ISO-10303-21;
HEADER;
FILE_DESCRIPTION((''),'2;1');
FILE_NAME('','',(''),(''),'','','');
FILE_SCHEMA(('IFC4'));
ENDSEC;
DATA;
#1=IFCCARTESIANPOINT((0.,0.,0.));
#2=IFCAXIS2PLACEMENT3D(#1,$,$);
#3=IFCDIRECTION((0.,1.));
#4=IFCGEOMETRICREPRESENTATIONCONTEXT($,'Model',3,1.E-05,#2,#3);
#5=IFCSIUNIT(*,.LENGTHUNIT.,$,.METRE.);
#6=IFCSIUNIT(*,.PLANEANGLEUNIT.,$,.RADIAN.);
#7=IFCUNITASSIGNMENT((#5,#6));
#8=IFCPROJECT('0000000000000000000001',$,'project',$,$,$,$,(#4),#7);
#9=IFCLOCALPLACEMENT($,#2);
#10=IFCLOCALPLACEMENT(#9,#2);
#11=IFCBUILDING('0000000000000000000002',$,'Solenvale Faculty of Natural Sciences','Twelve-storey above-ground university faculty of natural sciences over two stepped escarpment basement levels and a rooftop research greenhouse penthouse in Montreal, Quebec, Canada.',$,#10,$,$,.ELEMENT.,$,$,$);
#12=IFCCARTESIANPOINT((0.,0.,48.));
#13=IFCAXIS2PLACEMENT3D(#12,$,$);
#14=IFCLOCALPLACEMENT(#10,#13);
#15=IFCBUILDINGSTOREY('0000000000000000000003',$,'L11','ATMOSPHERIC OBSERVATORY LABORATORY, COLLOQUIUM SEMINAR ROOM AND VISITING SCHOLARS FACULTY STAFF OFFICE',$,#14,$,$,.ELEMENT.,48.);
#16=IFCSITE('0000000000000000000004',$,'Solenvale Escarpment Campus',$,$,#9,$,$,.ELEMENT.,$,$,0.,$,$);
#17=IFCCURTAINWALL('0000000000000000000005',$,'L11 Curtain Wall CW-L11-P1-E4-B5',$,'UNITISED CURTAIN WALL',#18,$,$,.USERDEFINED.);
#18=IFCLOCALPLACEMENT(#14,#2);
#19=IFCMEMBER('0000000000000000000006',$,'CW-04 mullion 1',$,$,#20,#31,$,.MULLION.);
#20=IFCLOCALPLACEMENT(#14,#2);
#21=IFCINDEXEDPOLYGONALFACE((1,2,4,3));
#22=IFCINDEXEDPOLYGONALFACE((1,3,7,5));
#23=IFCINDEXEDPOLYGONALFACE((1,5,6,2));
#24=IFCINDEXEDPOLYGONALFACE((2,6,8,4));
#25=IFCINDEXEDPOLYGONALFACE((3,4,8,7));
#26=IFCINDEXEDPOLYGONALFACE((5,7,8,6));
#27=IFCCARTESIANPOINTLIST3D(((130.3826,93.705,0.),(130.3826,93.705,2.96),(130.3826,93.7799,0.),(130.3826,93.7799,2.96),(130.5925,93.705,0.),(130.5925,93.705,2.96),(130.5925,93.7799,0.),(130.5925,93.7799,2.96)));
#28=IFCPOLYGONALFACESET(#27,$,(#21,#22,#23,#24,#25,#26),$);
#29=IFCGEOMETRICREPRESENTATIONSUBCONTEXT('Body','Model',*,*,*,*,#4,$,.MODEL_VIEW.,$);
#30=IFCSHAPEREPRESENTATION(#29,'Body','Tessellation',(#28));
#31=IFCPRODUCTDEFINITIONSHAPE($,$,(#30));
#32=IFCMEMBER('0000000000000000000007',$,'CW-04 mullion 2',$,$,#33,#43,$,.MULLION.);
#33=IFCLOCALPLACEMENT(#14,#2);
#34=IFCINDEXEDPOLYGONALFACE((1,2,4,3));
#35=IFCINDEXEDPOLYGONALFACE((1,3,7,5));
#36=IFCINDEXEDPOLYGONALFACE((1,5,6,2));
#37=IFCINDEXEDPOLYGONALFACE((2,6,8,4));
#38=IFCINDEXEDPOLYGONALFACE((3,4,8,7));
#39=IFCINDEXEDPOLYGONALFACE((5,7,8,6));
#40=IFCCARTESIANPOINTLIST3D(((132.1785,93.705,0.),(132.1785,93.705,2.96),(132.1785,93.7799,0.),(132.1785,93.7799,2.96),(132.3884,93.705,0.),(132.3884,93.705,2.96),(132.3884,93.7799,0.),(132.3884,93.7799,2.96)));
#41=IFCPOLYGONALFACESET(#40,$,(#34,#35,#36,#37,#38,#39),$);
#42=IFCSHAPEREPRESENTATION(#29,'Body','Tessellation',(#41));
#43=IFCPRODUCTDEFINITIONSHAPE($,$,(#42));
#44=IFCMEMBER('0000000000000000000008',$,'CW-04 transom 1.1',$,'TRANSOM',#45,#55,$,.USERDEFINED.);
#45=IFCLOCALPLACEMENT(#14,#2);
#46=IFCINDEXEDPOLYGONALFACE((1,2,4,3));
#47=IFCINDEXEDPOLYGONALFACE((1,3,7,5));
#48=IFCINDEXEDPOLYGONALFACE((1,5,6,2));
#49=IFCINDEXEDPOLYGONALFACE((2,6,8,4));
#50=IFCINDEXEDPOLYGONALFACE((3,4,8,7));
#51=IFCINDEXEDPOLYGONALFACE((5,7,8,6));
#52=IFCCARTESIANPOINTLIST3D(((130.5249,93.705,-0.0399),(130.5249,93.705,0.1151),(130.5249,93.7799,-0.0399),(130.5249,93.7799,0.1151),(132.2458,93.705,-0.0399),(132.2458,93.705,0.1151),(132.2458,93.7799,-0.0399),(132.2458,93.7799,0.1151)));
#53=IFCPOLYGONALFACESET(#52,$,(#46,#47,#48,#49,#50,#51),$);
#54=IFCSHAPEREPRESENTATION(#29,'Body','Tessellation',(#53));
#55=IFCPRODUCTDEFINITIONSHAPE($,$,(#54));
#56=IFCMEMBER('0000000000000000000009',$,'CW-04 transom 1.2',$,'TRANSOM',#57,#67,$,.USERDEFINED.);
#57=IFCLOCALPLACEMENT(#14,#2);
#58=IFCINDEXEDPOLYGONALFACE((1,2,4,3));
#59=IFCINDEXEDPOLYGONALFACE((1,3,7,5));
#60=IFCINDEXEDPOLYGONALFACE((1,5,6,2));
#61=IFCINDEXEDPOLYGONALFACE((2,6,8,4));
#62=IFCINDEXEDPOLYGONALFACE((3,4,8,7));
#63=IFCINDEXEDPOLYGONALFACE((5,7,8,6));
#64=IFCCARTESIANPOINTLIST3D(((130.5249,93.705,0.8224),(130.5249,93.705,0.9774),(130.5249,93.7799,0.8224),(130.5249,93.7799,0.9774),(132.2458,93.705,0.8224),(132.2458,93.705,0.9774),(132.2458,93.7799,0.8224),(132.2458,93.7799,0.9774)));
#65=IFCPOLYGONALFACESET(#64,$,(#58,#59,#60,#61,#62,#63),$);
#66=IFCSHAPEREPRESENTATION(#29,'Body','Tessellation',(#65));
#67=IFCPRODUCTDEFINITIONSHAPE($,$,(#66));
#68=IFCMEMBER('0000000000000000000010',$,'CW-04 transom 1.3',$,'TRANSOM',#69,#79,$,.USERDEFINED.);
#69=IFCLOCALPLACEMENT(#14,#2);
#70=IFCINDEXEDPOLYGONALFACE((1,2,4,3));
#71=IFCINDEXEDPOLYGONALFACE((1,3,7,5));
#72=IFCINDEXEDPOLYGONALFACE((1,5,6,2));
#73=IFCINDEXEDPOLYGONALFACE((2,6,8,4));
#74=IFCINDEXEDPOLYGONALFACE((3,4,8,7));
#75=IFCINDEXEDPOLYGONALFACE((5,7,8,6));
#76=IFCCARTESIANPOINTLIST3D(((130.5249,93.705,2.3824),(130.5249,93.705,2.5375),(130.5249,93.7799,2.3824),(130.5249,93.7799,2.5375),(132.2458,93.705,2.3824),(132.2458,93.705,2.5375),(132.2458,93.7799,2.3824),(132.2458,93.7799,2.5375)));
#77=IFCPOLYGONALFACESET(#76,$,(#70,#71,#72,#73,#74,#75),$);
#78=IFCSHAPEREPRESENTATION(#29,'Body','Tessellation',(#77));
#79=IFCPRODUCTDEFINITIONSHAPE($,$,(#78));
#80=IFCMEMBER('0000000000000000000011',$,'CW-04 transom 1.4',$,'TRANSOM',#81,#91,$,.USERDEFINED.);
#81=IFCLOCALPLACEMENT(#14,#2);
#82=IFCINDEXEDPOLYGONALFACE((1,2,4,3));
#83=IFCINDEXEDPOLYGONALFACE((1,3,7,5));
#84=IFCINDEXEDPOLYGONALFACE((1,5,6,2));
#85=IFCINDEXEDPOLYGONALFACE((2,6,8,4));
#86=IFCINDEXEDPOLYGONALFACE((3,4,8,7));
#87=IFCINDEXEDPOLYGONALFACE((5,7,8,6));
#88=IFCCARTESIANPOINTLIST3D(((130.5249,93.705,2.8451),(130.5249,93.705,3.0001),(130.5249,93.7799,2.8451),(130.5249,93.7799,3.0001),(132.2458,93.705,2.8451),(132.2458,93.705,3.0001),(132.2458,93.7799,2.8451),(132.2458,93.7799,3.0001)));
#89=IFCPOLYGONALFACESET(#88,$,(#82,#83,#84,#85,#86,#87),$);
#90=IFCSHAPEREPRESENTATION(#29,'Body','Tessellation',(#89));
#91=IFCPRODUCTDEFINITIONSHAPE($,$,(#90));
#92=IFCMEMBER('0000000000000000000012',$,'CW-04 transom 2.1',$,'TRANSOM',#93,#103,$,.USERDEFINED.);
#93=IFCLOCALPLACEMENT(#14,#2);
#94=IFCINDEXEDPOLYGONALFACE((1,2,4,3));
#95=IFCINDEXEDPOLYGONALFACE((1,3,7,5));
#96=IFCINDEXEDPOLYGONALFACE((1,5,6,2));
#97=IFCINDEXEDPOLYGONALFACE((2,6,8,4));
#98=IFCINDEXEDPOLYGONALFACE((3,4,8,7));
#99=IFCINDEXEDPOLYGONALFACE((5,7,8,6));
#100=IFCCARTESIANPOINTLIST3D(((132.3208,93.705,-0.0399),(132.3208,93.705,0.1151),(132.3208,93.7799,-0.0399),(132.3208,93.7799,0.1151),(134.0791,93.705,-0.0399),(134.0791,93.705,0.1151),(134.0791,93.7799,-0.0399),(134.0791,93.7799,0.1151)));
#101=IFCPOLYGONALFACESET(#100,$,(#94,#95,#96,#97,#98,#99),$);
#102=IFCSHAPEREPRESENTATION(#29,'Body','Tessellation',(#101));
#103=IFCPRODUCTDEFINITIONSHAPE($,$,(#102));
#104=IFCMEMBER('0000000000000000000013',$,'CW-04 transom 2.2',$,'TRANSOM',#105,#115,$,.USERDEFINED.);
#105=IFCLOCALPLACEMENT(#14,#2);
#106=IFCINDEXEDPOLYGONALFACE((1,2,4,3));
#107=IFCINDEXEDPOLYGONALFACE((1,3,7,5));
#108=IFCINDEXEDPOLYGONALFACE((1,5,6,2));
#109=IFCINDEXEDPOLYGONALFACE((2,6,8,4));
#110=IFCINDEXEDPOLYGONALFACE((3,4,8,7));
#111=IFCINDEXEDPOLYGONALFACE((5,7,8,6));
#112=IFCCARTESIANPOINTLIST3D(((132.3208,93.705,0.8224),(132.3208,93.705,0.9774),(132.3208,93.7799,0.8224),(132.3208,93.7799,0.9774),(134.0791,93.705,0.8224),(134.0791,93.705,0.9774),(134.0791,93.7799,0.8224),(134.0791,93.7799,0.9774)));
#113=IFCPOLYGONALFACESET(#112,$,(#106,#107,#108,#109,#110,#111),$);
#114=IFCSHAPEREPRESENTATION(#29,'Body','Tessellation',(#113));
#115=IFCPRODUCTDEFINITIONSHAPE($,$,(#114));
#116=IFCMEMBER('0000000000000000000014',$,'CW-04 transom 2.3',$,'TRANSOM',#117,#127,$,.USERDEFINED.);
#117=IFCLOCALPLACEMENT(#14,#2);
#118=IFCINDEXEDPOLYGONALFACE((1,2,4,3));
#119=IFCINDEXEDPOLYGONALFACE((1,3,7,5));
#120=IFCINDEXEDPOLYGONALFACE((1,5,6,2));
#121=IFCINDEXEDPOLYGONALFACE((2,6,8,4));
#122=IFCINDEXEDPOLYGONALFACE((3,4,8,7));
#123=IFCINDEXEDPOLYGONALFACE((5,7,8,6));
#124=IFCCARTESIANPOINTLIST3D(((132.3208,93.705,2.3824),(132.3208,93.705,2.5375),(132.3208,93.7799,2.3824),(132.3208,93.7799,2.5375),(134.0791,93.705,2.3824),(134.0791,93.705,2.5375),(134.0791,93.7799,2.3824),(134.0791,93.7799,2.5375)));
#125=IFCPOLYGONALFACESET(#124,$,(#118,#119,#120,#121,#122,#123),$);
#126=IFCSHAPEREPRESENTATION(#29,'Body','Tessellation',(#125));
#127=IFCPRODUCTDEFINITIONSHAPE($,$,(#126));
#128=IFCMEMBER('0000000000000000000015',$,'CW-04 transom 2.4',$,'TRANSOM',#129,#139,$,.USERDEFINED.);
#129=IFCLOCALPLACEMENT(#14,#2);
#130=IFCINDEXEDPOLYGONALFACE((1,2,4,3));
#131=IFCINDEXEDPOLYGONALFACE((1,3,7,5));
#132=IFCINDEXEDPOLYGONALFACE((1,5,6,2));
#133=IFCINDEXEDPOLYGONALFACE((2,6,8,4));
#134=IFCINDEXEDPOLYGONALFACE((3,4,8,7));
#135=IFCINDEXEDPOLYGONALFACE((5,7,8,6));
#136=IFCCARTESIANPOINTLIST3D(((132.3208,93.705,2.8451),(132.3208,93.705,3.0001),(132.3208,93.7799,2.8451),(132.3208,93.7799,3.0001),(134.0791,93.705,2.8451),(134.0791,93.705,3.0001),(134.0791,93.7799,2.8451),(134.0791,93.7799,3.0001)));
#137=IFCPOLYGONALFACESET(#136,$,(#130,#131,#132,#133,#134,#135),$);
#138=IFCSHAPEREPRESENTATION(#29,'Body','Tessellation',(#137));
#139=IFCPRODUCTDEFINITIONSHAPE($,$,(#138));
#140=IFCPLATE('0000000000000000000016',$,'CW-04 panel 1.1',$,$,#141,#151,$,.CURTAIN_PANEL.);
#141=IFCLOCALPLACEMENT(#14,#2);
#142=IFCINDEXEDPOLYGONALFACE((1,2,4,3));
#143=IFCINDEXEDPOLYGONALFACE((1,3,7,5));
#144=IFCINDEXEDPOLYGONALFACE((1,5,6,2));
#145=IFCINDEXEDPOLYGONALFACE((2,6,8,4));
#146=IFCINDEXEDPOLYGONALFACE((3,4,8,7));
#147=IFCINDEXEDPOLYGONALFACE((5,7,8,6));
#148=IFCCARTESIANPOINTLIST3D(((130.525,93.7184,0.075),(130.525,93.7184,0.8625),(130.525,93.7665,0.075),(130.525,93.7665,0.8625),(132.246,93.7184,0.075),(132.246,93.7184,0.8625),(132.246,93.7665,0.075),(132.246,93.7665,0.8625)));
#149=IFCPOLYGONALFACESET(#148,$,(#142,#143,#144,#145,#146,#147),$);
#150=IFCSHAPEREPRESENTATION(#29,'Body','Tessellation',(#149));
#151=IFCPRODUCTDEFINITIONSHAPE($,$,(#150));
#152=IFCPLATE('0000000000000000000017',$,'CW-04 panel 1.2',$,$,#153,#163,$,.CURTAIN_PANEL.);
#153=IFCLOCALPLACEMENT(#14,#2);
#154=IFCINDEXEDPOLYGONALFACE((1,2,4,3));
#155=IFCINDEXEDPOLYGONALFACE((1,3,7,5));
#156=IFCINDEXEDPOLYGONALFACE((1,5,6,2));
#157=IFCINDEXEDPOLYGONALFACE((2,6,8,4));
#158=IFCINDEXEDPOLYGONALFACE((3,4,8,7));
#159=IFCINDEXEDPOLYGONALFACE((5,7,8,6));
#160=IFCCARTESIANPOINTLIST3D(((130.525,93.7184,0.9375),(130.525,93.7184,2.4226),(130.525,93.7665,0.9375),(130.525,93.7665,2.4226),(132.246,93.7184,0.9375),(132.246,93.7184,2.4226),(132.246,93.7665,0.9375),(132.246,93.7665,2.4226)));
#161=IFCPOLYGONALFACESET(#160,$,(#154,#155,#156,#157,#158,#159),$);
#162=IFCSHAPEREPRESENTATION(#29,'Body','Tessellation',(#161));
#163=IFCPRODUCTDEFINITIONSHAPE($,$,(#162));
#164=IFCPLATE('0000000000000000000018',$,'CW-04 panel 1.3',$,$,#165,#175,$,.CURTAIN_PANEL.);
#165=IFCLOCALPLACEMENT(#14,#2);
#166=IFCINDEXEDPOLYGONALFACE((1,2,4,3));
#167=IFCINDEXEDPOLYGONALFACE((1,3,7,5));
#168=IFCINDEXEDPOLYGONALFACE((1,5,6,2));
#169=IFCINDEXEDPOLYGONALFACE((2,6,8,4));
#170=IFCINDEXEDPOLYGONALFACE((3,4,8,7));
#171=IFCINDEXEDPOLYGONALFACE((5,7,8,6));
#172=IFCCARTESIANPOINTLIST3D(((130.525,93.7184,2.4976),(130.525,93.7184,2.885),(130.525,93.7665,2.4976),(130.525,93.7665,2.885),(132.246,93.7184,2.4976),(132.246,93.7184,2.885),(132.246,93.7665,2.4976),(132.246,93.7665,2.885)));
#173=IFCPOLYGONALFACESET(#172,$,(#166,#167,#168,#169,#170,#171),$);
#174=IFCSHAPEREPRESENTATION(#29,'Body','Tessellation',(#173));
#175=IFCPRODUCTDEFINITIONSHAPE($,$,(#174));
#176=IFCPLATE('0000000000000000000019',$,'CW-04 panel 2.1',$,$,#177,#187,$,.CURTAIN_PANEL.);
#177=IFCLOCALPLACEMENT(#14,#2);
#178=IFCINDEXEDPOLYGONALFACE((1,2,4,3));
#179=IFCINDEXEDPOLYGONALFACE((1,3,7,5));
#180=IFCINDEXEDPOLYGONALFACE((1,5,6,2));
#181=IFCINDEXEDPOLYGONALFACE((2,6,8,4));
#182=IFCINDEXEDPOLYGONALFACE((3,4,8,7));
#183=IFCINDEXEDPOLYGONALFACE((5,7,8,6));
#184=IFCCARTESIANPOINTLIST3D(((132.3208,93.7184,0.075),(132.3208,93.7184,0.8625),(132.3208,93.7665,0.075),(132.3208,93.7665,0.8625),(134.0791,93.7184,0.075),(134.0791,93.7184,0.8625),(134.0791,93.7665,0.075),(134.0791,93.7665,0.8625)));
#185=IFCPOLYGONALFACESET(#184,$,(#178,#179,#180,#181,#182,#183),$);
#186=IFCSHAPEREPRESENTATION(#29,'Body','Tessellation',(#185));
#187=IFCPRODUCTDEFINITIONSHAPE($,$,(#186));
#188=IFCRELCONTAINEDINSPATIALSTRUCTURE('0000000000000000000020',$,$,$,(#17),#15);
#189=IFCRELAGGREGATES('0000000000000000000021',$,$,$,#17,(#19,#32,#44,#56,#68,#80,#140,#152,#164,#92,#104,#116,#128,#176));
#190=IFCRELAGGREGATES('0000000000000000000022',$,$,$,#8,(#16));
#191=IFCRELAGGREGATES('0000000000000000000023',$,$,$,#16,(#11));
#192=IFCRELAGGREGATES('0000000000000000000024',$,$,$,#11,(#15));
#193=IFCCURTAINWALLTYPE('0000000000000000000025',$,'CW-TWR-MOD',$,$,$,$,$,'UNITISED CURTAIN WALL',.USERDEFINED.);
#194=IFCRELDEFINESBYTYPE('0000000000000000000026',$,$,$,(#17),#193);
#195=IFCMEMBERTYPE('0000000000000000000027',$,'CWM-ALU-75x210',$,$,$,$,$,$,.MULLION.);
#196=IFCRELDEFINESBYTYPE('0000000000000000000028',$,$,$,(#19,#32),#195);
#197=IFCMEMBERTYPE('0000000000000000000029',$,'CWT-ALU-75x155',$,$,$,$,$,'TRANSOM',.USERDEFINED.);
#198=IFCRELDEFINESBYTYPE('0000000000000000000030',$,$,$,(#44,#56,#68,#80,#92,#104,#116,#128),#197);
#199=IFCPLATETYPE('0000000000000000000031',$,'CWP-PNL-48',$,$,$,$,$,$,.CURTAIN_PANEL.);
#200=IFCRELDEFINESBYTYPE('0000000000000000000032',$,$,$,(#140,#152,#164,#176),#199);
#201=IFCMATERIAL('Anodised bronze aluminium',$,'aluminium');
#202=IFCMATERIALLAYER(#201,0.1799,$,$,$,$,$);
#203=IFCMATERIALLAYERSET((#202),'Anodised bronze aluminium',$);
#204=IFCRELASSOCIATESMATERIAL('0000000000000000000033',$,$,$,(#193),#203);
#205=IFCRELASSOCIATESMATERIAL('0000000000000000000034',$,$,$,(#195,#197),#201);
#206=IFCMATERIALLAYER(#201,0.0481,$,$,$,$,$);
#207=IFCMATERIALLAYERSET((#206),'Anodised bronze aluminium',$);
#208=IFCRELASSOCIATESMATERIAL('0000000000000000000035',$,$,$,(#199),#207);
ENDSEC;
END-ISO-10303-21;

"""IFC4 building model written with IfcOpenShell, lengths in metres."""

from ifc_helpers import new_model, si_unit, direction, frame, origin, origin_2d, place, context, subcontext, project, spatial, rectangle, extrude, material, layer, layer_set, material_profile, profile_set, type_object, element, aggregate, save


model = new_model("IFC4")

# Units and contexts
model_context = context("Model", 3, precision=1e-05, world=origin(), true_north=direction((0.0, 1.0)))
body_context = subcontext(model_context, "Body", "Model", "MODEL_VIEW")
ifc_project = project(units=[si_unit("LENGTHUNIT", "METRE"), si_unit("PLANEANGLEUNIT", "RADIAN")], contexts=[model_context])

# Site, building, storey
site_placement = place(None, origin())
site = spatial("IfcSite", under=ifc_project, at=site_placement, Name="Solenvale Escarpment Campus", CompositionType="ELEMENT", RefElevation=0.0)
building_placement = place(site_placement, origin())
building = spatial("IfcBuilding", under=site, at=building_placement, Name="Solenvale Faculty of Natural Sciences", Description="Twelve-storey above-ground university faculty of natural sciences over two stepped escarpment basement levels and a rooftop research greenhouse penthouse in Montreal, Quebec, Canada.", CompositionType="ELEMENT")
storey_placement = place(building_placement, frame((0.0, 0.0, 48.0)))
storey = spatial("IfcBuildingStorey", under=building, at=storey_placement, Name="L11", Description="ATMOSPHERIC OBSERVATORY LABORATORY, COLLOQUIUM SEMINAR ROOM AND VISITING SCHOLARS FACULTY STAFF OFFICE", CompositionType="ELEMENT", Elevation=48.0)

# Curtain wall, members, plates
ifc_material_1 = material(Name="Anodised bronze aluminium", Category="aluminium")
ifc_layer_1 = layer(ifc_material_1, 0.1799)
ifc_layer_set_1 = layer_set([ifc_layer_1], Name="Anodised bronze aluminium")
curtain_wall_type = type_object("IfcCurtainWallType", Name="CW-TWR-MOD", ElementType="UNITISED CURTAIN WALL", PredefinedType="USERDEFINED", material=ifc_layer_set_1)
curtain_wall_placement = place(storey_placement, origin())
curtain_wall = element("IfcCurtainWall", 1, at=curtain_wall_placement, inside=storey, type_object=curtain_wall_type, Name="L11 Curtain Wall CW-L11-P1-E4-B5", ObjectType="UNITISED CURTAIN WALL", PredefinedType="USERDEFINED")
ifc_material_profile_1 = material_profile(ifc_material_1, rectangle(XDim=0.075, YDim=0.21, at=origin_2d()), Name="ALU-MUL-75x210")
ifc_profile_set_1 = profile_set([ifc_material_profile_1], Name="Anodised bronze aluminium")
member_type_1 = type_object("IfcMemberType", Name="CWM-ALU-75x210", PredefinedType="MULLION", material=ifc_profile_set_1)
member_1_placement = place(storey_placement, frame((130.4875, 93.7424, 0.0), z_axis=(0.0, 0.0, 1.0), x_axis=(0.0, 1.0, 0.0)))
member_1 = element("IfcMember", 2, at=member_1_placement, type_object=member_type_1, Name="CW-04 mullion 1", PredefinedType="MULLION", context=body_context, shape_type="SweptSolid", body=[
    extrude(rectangle(XDim=0.075, YDim=0.21, at=origin_2d()), origin(), (0.0, 0.0, 1.0), 2.96),
])
member_2_placement = place(storey_placement, frame((132.2834, 93.7424, 0.0), z_axis=(0.0, 0.0, 1.0), x_axis=(0.0, 1.0, 0.0)))
member_2 = element("IfcMember", 3, at=member_2_placement, type_object=member_type_1, Name="CW-04 mullion 2", PredefinedType="MULLION", context=body_context, shape_type="SweptSolid", body=[
    extrude(rectangle(XDim=0.075, YDim=0.21, at=origin_2d()), origin(), (0.0, 0.0, 1.0), 2.96),
])
ifc_material_profile_2 = material_profile(ifc_material_1, rectangle(XDim=0.075, YDim=0.155, at=origin_2d()), Name="ALU-TRN-75x155")
ifc_profile_set_2 = profile_set([ifc_material_profile_2], Name="Anodised bronze aluminium")
member_type_2 = type_object("IfcMemberType", Name="CWT-ALU-75x155", ElementType="TRANSOM", PredefinedType="USERDEFINED", material=ifc_profile_set_2)
member_3_placement = place(storey_placement, frame((130.5249, 93.7424, 0.0376), z_axis=(1.0, 0.0, 0.0), x_axis=(0.0, 1.0, 0.0)))
member_3 = element("IfcMember", 4, at=member_3_placement, type_object=member_type_2, Name="CW-04 transom 1.1", ObjectType="TRANSOM", PredefinedType="USERDEFINED", context=body_context, shape_type="SweptSolid", body=[
    extrude(rectangle(XDim=0.075, YDim=0.155, at=origin_2d()), origin(), (0.0, 0.0, 1.0), 1.7209),
])
member_4_placement = place(storey_placement, frame((130.5249, 93.7424, 0.8999), z_axis=(1.0, 0.0, 0.0), x_axis=(0.0, 1.0, 0.0)))
member_4 = element("IfcMember", 5, at=member_4_placement, type_object=member_type_2, Name="CW-04 transom 1.2", ObjectType="TRANSOM", PredefinedType="USERDEFINED", context=body_context, shape_type="SweptSolid", body=[
    extrude(rectangle(XDim=0.075, YDim=0.155, at=origin_2d()), origin(), (0.0, 0.0, 1.0), 1.7209),
])
member_5_placement = place(storey_placement, frame((130.5249, 93.7424, 2.46), z_axis=(1.0, 0.0, 0.0), x_axis=(0.0, 1.0, 0.0)))
member_5 = element("IfcMember", 6, at=member_5_placement, type_object=member_type_2, Name="CW-04 transom 1.3", ObjectType="TRANSOM", PredefinedType="USERDEFINED", context=body_context, shape_type="SweptSolid", body=[
    extrude(rectangle(XDim=0.075, YDim=0.155, at=origin_2d()), origin(), (0.0, 0.0, 1.0), 1.7209),
])
member_6_placement = place(storey_placement, frame((130.5249, 93.7424, 2.9226), z_axis=(1.0, 0.0, 0.0), x_axis=(0.0, 1.0, 0.0)))
member_6 = element("IfcMember", 7, at=member_6_placement, type_object=member_type_2, Name="CW-04 transom 1.4", ObjectType="TRANSOM", PredefinedType="USERDEFINED", context=body_context, shape_type="SweptSolid", body=[
    extrude(rectangle(XDim=0.075, YDim=0.155, at=origin_2d()), origin(), (0.0, 0.0, 1.0), 1.7209),
])
member_7_placement = place(storey_placement, frame((132.3208, 93.7424, 0.0376), z_axis=(1.0, 0.0, 0.0), x_axis=(0.0, 1.0, 0.0)))
member_7 = element("IfcMember", 8, at=member_7_placement, type_object=member_type_2, Name="CW-04 transom 2.1", ObjectType="TRANSOM", PredefinedType="USERDEFINED", context=body_context, shape_type="SweptSolid", body=[
    extrude(rectangle(XDim=0.075, YDim=0.155, at=origin_2d()), origin(), (0.0, 0.0, 1.0), 1.7583),
])
member_8_placement = place(storey_placement, frame((132.3208, 93.7424, 0.8999), z_axis=(1.0, 0.0, 0.0), x_axis=(0.0, 1.0, 0.0)))
member_8 = element("IfcMember", 9, at=member_8_placement, type_object=member_type_2, Name="CW-04 transom 2.2", ObjectType="TRANSOM", PredefinedType="USERDEFINED", context=body_context, shape_type="SweptSolid", body=[
    extrude(rectangle(XDim=0.075, YDim=0.155, at=origin_2d()), origin(), (0.0, 0.0, 1.0), 1.7583),
])
member_9_placement = place(storey_placement, frame((132.3208, 93.7424, 2.46), z_axis=(1.0, 0.0, 0.0), x_axis=(0.0, 1.0, 0.0)))
member_9 = element("IfcMember", 10, at=member_9_placement, type_object=member_type_2, Name="CW-04 transom 2.3", ObjectType="TRANSOM", PredefinedType="USERDEFINED", context=body_context, shape_type="SweptSolid", body=[
    extrude(rectangle(XDim=0.075, YDim=0.155, at=origin_2d()), origin(), (0.0, 0.0, 1.0), 1.7583),
])
member_10_placement = place(storey_placement, frame((132.3208, 93.7424, 2.9226), z_axis=(1.0, 0.0, 0.0), x_axis=(0.0, 1.0, 0.0)))
member_10 = element("IfcMember", 11, at=member_10_placement, type_object=member_type_2, Name="CW-04 transom 2.4", ObjectType="TRANSOM", PredefinedType="USERDEFINED", context=body_context, shape_type="SweptSolid", body=[
    extrude(rectangle(XDim=0.075, YDim=0.155, at=origin_2d()), origin(), (0.0, 0.0, 1.0), 1.7583),
])
ifc_layer_2 = layer(ifc_material_1, 0.0481)
ifc_layer_set_2 = layer_set([ifc_layer_2], Name="Anodised bronze aluminium")
plate_type = type_object("IfcPlateType", Name="CWP-PNL-48", PredefinedType="CURTAIN_PANEL", material=ifc_layer_set_2)
plate_1_placement = place(storey_placement, frame((131.3855, 93.7424, 0.075), z_axis=(0.0, 0.0, 1.0), x_axis=(1.0, 0.0, 0.0)))
plate_1 = element("IfcPlate", 12, at=plate_1_placement, type_object=plate_type, Name="CW-04 panel 1.1", PredefinedType="CURTAIN_PANEL", context=body_context, shape_type="SweptSolid", body=[
    extrude(rectangle(XDim=1.7209, YDim=0.0481, at=origin_2d()), origin(), (0.0, 0.0, 1.0), 0.7876),
])
plate_2_placement = place(storey_placement, frame((131.3855, 93.7424, 0.9375), z_axis=(0.0, 0.0, 1.0), x_axis=(1.0, 0.0, 0.0)))
plate_2 = element("IfcPlate", 13, at=plate_2_placement, type_object=plate_type, Name="CW-04 panel 1.2", PredefinedType="CURTAIN_PANEL", context=body_context, shape_type="SweptSolid", body=[
    extrude(rectangle(XDim=1.7209, YDim=0.0481, at=origin_2d()), origin(), (0.0, 0.0, 1.0), 1.4851),
])
plate_3_placement = place(storey_placement, frame((131.3855, 93.7424, 2.4976), z_axis=(0.0, 0.0, 1.0), x_axis=(1.0, 0.0, 0.0)))
plate_3 = element("IfcPlate", 14, at=plate_3_placement, type_object=plate_type, Name="CW-04 panel 1.3", PredefinedType="CURTAIN_PANEL", context=body_context, shape_type="SweptSolid", body=[
    extrude(rectangle(XDim=1.7209, YDim=0.0481, at=origin_2d()), origin(), (0.0, 0.0, 1.0), 0.3875),
])
plate_4_placement = place(storey_placement, frame((133.2, 93.7424, 0.075), z_axis=(0.0, 0.0, 1.0), x_axis=(1.0, 0.0, 0.0)))
plate_4 = element("IfcPlate", 15, at=plate_4_placement, type_object=plate_type, Name="CW-04 panel 2.1", PredefinedType="CURTAIN_PANEL", context=body_context, shape_type="SweptSolid", body=[
    extrude(rectangle(XDim=1.7583, YDim=0.0481, at=origin_2d()), origin(), (0.0, 0.0, 1.0), 0.7876),
])
aggregate(curtain_wall, [member_1, member_2, member_3, member_4, member_5, member_6, plate_1, plate_2, plate_3, member_7, member_8, member_9, member_10, plate_4])

save(model, "model.ifc")
